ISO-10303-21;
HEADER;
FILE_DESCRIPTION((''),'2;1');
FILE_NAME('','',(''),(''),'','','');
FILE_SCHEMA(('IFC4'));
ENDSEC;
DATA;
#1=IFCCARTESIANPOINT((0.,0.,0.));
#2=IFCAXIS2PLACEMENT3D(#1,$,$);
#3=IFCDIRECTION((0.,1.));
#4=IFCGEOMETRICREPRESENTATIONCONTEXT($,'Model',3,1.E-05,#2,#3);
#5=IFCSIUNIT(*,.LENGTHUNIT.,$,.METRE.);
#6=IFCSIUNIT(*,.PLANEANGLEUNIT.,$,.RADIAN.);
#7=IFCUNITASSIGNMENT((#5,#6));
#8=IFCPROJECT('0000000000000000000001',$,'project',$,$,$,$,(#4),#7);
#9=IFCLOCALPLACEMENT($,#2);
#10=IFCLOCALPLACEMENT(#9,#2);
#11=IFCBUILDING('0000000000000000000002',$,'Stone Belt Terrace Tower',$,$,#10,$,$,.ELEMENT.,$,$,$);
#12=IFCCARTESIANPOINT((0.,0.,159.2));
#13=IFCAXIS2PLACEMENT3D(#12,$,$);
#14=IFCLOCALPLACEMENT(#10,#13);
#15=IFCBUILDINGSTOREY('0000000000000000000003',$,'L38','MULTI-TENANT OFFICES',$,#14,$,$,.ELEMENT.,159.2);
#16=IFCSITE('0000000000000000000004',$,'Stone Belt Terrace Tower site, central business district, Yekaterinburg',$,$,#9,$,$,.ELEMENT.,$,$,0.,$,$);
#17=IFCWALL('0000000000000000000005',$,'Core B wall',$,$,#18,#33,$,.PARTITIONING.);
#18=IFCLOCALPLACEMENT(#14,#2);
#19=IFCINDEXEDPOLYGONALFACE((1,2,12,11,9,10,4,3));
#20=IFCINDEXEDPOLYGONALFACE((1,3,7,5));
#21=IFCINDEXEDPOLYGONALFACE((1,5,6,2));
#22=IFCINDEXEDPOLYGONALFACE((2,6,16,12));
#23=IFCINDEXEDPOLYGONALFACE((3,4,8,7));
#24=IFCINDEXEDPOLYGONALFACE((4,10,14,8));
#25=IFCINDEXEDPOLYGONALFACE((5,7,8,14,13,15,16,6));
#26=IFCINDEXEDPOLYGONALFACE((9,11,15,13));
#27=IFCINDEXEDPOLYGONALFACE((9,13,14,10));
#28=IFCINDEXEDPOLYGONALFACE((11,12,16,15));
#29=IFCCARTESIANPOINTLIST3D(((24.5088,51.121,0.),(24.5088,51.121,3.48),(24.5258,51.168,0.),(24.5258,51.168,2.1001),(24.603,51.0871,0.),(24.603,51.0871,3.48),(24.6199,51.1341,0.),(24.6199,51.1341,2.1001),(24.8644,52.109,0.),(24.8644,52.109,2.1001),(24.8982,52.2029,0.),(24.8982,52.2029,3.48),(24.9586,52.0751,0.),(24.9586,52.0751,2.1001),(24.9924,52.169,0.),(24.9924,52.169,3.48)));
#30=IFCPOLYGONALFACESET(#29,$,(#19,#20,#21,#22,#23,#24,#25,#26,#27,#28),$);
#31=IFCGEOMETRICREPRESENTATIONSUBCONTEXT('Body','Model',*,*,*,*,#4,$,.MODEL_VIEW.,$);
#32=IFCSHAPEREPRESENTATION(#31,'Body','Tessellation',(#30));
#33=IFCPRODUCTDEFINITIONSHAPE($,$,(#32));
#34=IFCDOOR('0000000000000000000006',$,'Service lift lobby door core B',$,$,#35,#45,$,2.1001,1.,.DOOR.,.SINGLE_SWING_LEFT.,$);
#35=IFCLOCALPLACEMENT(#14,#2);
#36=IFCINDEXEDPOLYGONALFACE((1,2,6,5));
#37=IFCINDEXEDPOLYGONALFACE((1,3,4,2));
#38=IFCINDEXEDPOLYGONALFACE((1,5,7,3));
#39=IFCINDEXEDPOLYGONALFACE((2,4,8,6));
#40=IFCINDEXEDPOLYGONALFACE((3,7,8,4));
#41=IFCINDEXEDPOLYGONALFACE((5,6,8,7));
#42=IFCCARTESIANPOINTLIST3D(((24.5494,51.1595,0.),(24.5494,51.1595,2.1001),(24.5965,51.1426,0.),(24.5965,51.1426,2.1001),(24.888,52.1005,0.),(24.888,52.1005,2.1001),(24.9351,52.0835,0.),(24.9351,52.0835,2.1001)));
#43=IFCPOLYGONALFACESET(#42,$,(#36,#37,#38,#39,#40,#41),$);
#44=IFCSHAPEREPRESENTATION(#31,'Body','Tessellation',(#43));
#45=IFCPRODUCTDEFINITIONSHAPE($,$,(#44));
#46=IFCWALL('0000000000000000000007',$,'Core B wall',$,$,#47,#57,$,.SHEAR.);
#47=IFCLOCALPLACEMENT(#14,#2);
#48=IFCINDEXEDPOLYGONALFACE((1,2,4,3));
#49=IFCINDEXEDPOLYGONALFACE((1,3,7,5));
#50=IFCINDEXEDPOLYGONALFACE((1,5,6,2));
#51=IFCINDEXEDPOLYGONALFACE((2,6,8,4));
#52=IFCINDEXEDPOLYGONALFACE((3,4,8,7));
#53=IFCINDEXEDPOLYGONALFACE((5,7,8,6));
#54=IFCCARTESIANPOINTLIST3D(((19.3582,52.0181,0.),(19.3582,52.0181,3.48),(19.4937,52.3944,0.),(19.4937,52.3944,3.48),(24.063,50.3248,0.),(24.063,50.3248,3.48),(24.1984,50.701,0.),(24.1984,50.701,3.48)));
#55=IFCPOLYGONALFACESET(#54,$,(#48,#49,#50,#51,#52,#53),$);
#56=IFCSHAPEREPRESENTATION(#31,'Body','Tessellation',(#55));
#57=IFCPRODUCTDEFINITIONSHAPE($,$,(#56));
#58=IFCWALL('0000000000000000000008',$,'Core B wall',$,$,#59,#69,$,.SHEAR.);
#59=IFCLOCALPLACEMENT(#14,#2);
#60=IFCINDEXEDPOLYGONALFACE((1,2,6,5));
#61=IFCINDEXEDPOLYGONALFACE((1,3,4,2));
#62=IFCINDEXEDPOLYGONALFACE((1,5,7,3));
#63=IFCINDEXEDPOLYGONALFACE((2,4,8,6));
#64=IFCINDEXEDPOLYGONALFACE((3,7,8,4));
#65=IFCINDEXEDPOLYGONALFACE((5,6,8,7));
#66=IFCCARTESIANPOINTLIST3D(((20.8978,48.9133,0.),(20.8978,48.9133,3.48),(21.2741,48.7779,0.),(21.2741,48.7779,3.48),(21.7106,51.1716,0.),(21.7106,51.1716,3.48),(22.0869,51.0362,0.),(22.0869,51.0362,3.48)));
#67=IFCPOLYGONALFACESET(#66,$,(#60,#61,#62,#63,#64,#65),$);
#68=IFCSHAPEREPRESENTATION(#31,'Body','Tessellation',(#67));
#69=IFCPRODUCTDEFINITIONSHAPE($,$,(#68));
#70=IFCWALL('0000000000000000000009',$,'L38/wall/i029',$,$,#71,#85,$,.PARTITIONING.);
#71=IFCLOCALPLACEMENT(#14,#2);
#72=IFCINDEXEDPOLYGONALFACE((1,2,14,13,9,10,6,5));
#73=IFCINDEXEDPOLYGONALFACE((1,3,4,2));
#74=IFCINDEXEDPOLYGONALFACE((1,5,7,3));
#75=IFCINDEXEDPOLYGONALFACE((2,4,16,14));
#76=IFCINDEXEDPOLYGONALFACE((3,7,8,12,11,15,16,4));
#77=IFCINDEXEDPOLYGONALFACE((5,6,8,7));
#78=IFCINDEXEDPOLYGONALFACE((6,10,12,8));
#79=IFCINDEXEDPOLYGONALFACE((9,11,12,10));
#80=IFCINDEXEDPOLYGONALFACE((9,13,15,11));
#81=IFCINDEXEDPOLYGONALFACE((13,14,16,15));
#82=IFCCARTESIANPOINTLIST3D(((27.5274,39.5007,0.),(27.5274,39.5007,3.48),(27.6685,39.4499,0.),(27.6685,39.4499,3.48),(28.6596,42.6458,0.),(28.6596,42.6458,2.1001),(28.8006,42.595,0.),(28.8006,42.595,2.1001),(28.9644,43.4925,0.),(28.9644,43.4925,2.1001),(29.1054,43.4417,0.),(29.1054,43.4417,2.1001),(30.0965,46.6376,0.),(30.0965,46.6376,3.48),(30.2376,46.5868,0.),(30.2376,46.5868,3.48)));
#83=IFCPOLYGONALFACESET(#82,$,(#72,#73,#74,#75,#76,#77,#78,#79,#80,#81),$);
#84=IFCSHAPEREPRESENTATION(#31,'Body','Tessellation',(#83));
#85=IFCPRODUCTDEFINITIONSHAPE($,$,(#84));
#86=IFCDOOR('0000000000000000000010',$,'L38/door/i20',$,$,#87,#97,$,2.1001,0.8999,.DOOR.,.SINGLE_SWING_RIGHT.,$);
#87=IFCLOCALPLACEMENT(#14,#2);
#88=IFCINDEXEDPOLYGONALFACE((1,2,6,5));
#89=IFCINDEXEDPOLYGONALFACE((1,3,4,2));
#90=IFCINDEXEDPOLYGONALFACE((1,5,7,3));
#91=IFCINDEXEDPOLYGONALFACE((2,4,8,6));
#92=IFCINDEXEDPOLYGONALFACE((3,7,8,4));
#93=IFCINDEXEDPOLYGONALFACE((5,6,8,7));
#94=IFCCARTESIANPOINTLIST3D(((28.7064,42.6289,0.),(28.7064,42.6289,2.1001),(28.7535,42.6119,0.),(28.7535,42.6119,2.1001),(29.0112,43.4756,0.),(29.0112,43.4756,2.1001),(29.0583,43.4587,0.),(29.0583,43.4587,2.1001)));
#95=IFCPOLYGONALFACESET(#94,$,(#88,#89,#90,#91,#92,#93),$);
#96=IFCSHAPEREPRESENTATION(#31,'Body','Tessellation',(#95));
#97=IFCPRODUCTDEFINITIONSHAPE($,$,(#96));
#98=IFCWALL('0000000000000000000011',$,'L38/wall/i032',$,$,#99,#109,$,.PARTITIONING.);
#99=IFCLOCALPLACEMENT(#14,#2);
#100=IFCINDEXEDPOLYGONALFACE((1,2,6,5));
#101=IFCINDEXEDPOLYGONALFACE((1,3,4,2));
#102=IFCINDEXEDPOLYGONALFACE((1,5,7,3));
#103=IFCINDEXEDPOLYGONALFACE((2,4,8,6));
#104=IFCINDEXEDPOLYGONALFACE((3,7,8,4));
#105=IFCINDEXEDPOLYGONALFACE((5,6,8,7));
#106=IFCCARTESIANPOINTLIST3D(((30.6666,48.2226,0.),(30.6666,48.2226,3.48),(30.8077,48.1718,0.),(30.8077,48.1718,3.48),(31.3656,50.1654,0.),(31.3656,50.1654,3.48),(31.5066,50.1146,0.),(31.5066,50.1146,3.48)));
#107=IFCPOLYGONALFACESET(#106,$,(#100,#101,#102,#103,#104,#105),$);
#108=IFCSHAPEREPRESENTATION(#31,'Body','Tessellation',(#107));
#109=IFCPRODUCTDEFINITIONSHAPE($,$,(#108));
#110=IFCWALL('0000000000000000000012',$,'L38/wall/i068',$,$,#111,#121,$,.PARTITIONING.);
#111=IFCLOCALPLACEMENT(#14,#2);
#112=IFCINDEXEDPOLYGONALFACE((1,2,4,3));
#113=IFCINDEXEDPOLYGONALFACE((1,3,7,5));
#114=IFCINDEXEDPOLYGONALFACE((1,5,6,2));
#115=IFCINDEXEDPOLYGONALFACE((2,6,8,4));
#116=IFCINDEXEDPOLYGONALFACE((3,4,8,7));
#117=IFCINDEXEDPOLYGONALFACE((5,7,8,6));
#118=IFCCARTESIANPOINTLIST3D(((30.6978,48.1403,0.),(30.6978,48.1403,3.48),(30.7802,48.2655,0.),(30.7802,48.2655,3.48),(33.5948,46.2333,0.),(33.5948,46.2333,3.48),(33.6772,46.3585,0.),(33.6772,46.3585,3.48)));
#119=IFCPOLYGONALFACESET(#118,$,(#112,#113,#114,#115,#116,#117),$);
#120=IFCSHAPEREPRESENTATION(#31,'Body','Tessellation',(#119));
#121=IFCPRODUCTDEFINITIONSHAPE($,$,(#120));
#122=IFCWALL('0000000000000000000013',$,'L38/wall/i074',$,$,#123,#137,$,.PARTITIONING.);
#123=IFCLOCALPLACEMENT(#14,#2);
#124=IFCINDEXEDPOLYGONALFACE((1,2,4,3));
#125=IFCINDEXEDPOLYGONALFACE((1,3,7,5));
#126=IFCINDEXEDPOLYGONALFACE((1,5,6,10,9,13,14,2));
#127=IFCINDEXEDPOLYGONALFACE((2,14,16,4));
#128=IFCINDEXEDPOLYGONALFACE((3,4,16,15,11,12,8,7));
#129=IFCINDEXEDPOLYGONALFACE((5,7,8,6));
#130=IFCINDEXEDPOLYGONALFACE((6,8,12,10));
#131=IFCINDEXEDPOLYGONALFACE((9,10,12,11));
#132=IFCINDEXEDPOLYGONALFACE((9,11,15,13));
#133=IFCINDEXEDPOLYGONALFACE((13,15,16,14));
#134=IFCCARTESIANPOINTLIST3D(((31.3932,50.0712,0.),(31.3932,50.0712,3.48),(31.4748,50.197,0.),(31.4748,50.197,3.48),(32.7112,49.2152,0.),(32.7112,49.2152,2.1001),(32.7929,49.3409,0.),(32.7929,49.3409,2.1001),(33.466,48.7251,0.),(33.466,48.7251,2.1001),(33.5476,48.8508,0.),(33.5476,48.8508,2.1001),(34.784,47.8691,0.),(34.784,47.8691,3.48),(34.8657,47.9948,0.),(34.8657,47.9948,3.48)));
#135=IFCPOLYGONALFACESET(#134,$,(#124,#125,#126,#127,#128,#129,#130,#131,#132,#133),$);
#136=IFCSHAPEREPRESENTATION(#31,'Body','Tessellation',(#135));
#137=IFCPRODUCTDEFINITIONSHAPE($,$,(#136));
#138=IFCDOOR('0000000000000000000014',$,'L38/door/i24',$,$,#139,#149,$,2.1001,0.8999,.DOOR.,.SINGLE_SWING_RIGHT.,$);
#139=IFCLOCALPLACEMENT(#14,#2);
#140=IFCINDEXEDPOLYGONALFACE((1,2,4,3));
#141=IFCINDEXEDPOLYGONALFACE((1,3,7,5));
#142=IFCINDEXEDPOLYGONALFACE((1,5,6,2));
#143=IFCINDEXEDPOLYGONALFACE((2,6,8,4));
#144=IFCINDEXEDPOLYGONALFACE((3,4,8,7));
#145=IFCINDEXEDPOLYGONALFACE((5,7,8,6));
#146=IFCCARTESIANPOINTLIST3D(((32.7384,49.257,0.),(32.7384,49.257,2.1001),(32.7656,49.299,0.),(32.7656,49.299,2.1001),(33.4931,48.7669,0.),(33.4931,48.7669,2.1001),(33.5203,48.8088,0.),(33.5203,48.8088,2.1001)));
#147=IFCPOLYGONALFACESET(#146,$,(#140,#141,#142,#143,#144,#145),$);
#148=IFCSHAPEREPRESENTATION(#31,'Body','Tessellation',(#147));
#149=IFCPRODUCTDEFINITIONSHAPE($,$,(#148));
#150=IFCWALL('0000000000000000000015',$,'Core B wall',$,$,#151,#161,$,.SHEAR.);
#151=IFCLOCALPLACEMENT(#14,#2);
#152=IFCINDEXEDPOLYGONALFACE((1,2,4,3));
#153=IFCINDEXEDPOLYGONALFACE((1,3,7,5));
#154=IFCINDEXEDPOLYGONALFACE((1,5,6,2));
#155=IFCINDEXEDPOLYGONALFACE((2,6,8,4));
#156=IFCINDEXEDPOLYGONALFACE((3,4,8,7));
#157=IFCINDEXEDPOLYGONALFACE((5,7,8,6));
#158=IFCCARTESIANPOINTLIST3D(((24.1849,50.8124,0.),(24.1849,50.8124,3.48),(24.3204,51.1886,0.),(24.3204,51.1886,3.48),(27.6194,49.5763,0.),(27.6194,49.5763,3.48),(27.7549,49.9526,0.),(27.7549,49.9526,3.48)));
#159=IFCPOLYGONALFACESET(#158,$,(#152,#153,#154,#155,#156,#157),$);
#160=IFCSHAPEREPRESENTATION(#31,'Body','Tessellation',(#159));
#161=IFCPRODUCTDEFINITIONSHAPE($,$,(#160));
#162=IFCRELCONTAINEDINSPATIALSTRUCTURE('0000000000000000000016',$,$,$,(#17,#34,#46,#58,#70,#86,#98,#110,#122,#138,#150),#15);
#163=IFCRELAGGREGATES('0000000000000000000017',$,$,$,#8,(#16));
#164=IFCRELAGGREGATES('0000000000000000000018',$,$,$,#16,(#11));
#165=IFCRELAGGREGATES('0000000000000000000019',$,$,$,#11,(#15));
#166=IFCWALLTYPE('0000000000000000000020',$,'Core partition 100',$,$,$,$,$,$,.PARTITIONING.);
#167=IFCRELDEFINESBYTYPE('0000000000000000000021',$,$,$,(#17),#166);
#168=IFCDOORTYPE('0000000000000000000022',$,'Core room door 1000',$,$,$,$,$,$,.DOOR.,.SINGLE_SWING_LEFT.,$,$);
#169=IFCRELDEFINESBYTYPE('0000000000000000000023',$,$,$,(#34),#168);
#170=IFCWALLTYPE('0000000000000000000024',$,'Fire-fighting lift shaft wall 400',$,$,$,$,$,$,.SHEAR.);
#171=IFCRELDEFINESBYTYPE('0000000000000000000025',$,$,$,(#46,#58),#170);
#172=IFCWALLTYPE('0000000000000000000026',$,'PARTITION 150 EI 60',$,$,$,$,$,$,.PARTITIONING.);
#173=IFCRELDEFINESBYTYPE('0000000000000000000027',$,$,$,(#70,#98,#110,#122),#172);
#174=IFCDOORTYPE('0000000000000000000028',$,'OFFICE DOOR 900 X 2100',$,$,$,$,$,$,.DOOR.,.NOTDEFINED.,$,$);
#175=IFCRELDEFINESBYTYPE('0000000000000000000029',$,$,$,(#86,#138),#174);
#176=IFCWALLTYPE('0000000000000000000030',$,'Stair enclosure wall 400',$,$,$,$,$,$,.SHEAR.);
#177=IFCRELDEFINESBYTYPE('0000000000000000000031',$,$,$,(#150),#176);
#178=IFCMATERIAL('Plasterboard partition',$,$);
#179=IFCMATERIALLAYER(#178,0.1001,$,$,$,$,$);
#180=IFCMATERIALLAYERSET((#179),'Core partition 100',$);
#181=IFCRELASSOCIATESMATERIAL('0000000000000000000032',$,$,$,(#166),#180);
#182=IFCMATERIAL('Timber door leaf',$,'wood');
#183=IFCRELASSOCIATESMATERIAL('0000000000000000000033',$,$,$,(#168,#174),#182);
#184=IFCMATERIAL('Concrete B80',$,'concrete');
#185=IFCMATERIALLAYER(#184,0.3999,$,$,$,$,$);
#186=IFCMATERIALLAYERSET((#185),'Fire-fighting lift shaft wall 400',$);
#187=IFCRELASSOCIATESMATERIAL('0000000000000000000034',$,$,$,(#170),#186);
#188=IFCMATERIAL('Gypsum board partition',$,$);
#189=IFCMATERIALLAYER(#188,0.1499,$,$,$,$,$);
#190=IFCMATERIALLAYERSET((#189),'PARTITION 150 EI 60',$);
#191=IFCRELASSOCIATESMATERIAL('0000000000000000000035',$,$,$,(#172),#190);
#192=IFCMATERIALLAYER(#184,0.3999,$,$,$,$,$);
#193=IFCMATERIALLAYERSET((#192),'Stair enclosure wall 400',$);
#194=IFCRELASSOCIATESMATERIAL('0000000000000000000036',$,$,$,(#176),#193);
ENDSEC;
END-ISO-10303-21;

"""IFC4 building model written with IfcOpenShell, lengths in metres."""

from ifc_helpers import new_model, si_unit, direction, frame, frame_2d, origin, place, context, subcontext, project, spatial, rectangle, extrude, material, layer, layer_set, type_object, element, fill, save


model = new_model("IFC4")

# Units and contexts
model_context = context("Model", 3, precision=1e-05, world=origin(), true_north=direction((0.0, 1.0)))
body_context = subcontext(model_context, "Body", "Model", "MODEL_VIEW")
ifc_project = project(units=[si_unit("LENGTHUNIT", "METRE"), si_unit("PLANEANGLEUNIT", "RADIAN")], contexts=[model_context])

# Site, building, storey
site_placement = place(None, origin())
site = spatial("IfcSite", under=ifc_project, at=site_placement, Name="Stone Belt Terrace Tower site, central business district, Yekaterinburg", CompositionType="ELEMENT", RefElevation=0.0)
building_placement = place(site_placement, origin())
building = spatial("IfcBuilding", under=site, at=building_placement, Name="Stone Belt Terrace Tower", CompositionType="ELEMENT")
storey_placement = place(building_placement, frame((0.0, 0.0, 159.2)))
storey = spatial("IfcBuildingStorey", under=building, at=storey_placement, Name="L38", Description="MULTI-TENANT OFFICES", CompositionType="ELEMENT", Elevation=159.2)

# Wall, opening, door
ifc_material_1 = material(Name="Plasterboard partition")
ifc_layer_1 = layer(ifc_material_1, 0.1001)
ifc_layer_set_1 = layer_set([ifc_layer_1], Name="Core partition 100")
wall_type_1 = type_object("IfcWallType", Name="Core partition 100", PredefinedType="PARTITIONING", material=ifc_layer_set_1)
wall_1_placement = place(storey_placement, frame((24.5559, 51.104, 0.0), z_axis=(0.0, 0.0, 1.0), x_axis=(0.338622, 0.940923, 0.0)))
wall_1 = element("IfcWall", 1, at=wall_1_placement, inside=storey, type_object=wall_type_1, Name="Core B wall", PredefinedType="PARTITIONING", context=body_context, shape_type="SweptSolid", body=[
    extrude(rectangle(XDim=1.1499, YDim=0.1001, at=frame_2d((0.575, 0.0))), origin(), (0.0, 0.0, 1.0), 3.48),
])
opening_1_placement = place(wall_1_placement, frame((0.05, 0.0, 0.0)))
opening_1 = element("IfcOpeningElement", 2, at=opening_1_placement, cuts=wall_1, PredefinedType="OPENING", context=body_context, shape_type="SweptSolid", body=[
    extrude(rectangle(XDim=1.0, YDim=2.1001, at=frame_2d((0.5, 1.05))), frame((0.0, 0.0601, 0.0), z_axis=(0.0, -1.0, 0.0), x_axis=(1.0, 0.0, 0.0)), (0.0, 0.0, 1.0), 0.1201),
])
ifc_material_2 = material(Name="Timber door leaf", Category="wood")
door_type_1 = type_object("IfcDoorType", Name="Core room door 1000", OperationType="SINGLE_SWING_LEFT", PredefinedType="DOOR", material=ifc_material_2)
door_1_placement = place(opening_1_placement, origin())
door_1 = element("IfcDoor", 3, at=door_1_placement, inside=storey, type_object=door_type_1, Name="Service lift lobby door core B", OperationType="SINGLE_SWING_LEFT", OverallHeight=2.1001, OverallWidth=1.0, PredefinedType="DOOR", context=body_context, shape_type="SweptSolid", body=[
    extrude(rectangle(XDim=1.0, YDim=2.1001, at=frame_2d((0.5, 1.05))), frame((0.0, 0.0249, 0.0), z_axis=(0.0, -1.0, 0.0), x_axis=(1.0, 0.0, 0.0)), (0.0, 0.0, 1.0), 0.05),
])
fill(opening_1, door_1)

# Walls
ifc_material_3 = material(Name="Concrete B80", Category="concrete")
ifc_layer_2 = layer(ifc_material_3, 0.3999)
ifc_layer_set_2 = layer_set([ifc_layer_2], Name="Fire-fighting lift shaft wall 400")
wall_type_2 = type_object("IfcWallType", Name="Fire-fighting lift shaft wall 400", PredefinedType="SHEAR", material=ifc_layer_set_2)
wall_2_placement = place(storey_placement, frame((24.1306, 50.5129, 0.0), z_axis=(0.0, 0.0, 1.0), x_axis=(-0.940912, 0.338652, 0.0)))
element("IfcWall", 4, at=wall_2_placement, inside=storey, type_object=wall_type_2, Name="Core B wall", PredefinedType="SHEAR", context=body_context, shape_type="SweptSolid", body=[
    extrude(rectangle(XDim=5.0002, YDim=0.3999, at=frame_2d((2.5, 0.0))), origin(), (0.0, 0.0, 1.0), 3.48),
])
wall_3_placement = place(storey_placement, frame((21.0859, 48.8455, 0.0), z_axis=(0.0, 0.0, 1.0), x_axis=(0.338629, 0.94092, 0.0)))
element("IfcWall", 5, at=wall_3_placement, inside=storey, type_object=wall_type_2, Name="Core B wall", PredefinedType="SHEAR", context=body_context, shape_type="SweptSolid", body=[
    extrude(rectangle(XDim=2.4001, YDim=0.3999, at=frame_2d((1.2002, 0.0))), origin(), (0.0, 0.0, 1.0), 3.48),
])

# Wall, opening, door
ifc_material_4 = material(Name="Gypsum board partition")
ifc_layer_3 = layer(ifc_material_4, 0.1499)
ifc_layer_set_3 = layer_set([ifc_layer_3], Name="PARTITION 150 EI 60")
wall_type_3 = type_object("IfcWallType", Name="PARTITION 150 EI 60", PredefinedType="PARTITIONING", material=ifc_layer_set_3)
wall_4_placement = place(storey_placement, frame((30.167, 46.6121, 0.0), z_axis=(0.0, 0.0, 1.0), x_axis=(-0.338694, -0.940896, 0.0)))
wall_4 = element("IfcWall", 6, at=wall_4_placement, inside=storey, type_object=wall_type_3, Name="L38/wall/i029", PredefinedType="PARTITIONING", context=body_context, shape_type="SweptSolid", body=[
    extrude(rectangle(XDim=7.5852, YDim=0.1499, at=frame_2d((3.7925, 0.0))), origin(), (0.0, 0.0, 1.0), 3.48),
])
opening_2_placement = place(wall_4_placement, frame((3.3425, 0.0, 0.0)))
opening_2 = element("IfcOpeningElement", 7, at=opening_2_placement, cuts=wall_4, PredefinedType="OPENING", context=body_context, shape_type="SweptSolid", body=[
    extrude(rectangle(XDim=0.8999, YDim=2.1001, at=frame_2d((0.45, 1.05))), frame((0.0, 0.085, 0.0), z_axis=(0.0, -1.0, 0.0), x_axis=(1.0, 0.0, 0.0)), (0.0, 0.0, 1.0), 0.1699),
])
door_type_2 = type_object("IfcDoorType", Name="OFFICE DOOR 900 X 2100", OperationType="NOTDEFINED", PredefinedType="DOOR", material=ifc_material_2)
door_2_placement = place(opening_2_placement, origin())
door_2 = element("IfcDoor", 8, at=door_2_placement, inside=storey, type_object=door_type_2, Name="L38/door/i20", OperationType="SINGLE_SWING_RIGHT", OverallHeight=2.1001, OverallWidth=0.8999, PredefinedType="DOOR", context=body_context, shape_type="SweptSolid", body=[
    extrude(rectangle(XDim=0.8999, YDim=2.1001, at=frame_2d((0.45, 1.05))), frame((0.0, 0.0249, 0.0), z_axis=(0.0, -1.0, 0.0), x_axis=(1.0, 0.0, 0.0)), (0.0, 0.0, 1.0), 0.05),
])
fill(opening_2, door_2)

# Walls
wall_5_placement = place(storey_placement, frame((31.436, 50.1399, 0.0), z_axis=(0.0, 0.0, 1.0), x_axis=(-0.338523, -0.940958, 0.0)))
element("IfcWall", 9, at=wall_5_placement, inside=storey, type_object=wall_type_3, Name="L38/wall/i032", PredefinedType="PARTITIONING", context=body_context, shape_type="SweptSolid", body=[
    extrude(rectangle(XDim=2.0647, YDim=0.1499, at=frame_2d((1.0322, 0.0))), origin(), (0.0, 0.0, 1.0), 3.48),
])
wall_6_placement = place(storey_placement, frame((30.739, 48.2029, 0.0), z_axis=(0.0, 0.0, 1.0), x_axis=(0.835274, -0.549834, 0.0)))
element("IfcWall", 10, at=wall_6_placement, inside=storey, type_object=wall_type_3, Name="L38/wall/i068", PredefinedType="PARTITIONING", context=body_context, shape_type="SweptSolid", body=[
    extrude(rectangle(XDim=3.4683, YDim=0.1499, at=frame_2d((1.7341, 0.0))), origin(), (0.0, 0.0, 1.0), 3.48),
])

# Wall, opening, door
wall_7_placement = place(storey_placement, frame((31.4341, 50.134, 0.0), z_axis=(0.0, 0.0, 1.0), x_axis=(0.83866, -0.544655, 0.0)))
wall_7 = element("IfcWall", 11, at=wall_7_placement, inside=storey, type_object=wall_type_3, Name="L38/wall/i074", PredefinedType="PARTITIONING", context=body_context, shape_type="SweptSolid", body=[
    extrude(rectangle(XDim=4.0432, YDim=0.1499, at=frame_2d((2.0215, 0.0))), origin(), (0.0, 0.0, 1.0), 3.48),
])
opening_3_placement = place(wall_7_placement, frame((1.5715, 0.0, 0.0)))
opening_3 = element("IfcOpeningElement", 12, at=opening_3_placement, cuts=wall_7, PredefinedType="OPENING", context=body_context, shape_type="SweptSolid", body=[
    extrude(rectangle(XDim=0.8999, YDim=2.1001, at=frame_2d((0.45, 1.05))), frame((0.0, 0.085, 0.0), z_axis=(0.0, -1.0, 0.0), x_axis=(1.0, 0.0, 0.0)), (0.0, 0.0, 1.0), 0.1699),
])
door_3_placement = place(opening_3_placement, origin())
door_3 = element("IfcDoor", 13, at=door_3_placement, inside=storey, type_object=door_type_2, Name="L38/door/i24", OperationType="SINGLE_SWING_RIGHT", OverallHeight=2.1001, OverallWidth=0.8999, PredefinedType="DOOR", context=body_context, shape_type="SweptSolid", body=[
    extrude(rectangle(XDim=0.8999, YDim=2.1001, at=frame_2d((0.45, 1.05))), frame((0.0, 0.0249, 0.0), z_axis=(0.0, -1.0, 0.0), x_axis=(1.0, 0.0, 0.0)), (0.0, 0.0, 1.0), 0.05),
])
fill(opening_3, door_3)

# Wall
ifc_layer_4 = layer(ifc_material_3, 0.3999)
ifc_layer_set_4 = layer_set([ifc_layer_4], Name="Stair enclosure wall 400")
wall_type_4 = type_object("IfcWallType", Name="Stair enclosure wall 400", PredefinedType="SHEAR", material=ifc_layer_set_4)
wall_8_placement = place(storey_placement, frame((27.6873, 49.7644, 0.0), z_axis=(0.0, 0.0, 1.0), x_axis=(-0.940919, 0.338632, 0.0)))
element("IfcWall", 14, at=wall_8_placement, inside=storey, type_object=wall_type_4, Name="Core B wall", PredefinedType="SHEAR", context=body_context, shape_type="SweptSolid", body=[
    extrude(rectangle(XDim=3.6501, YDim=0.3999, at=frame_2d((1.8252, 0.0))), origin(), (0.0, 0.0, 1.0), 3.48),
])

save(model, "model.ifc")
